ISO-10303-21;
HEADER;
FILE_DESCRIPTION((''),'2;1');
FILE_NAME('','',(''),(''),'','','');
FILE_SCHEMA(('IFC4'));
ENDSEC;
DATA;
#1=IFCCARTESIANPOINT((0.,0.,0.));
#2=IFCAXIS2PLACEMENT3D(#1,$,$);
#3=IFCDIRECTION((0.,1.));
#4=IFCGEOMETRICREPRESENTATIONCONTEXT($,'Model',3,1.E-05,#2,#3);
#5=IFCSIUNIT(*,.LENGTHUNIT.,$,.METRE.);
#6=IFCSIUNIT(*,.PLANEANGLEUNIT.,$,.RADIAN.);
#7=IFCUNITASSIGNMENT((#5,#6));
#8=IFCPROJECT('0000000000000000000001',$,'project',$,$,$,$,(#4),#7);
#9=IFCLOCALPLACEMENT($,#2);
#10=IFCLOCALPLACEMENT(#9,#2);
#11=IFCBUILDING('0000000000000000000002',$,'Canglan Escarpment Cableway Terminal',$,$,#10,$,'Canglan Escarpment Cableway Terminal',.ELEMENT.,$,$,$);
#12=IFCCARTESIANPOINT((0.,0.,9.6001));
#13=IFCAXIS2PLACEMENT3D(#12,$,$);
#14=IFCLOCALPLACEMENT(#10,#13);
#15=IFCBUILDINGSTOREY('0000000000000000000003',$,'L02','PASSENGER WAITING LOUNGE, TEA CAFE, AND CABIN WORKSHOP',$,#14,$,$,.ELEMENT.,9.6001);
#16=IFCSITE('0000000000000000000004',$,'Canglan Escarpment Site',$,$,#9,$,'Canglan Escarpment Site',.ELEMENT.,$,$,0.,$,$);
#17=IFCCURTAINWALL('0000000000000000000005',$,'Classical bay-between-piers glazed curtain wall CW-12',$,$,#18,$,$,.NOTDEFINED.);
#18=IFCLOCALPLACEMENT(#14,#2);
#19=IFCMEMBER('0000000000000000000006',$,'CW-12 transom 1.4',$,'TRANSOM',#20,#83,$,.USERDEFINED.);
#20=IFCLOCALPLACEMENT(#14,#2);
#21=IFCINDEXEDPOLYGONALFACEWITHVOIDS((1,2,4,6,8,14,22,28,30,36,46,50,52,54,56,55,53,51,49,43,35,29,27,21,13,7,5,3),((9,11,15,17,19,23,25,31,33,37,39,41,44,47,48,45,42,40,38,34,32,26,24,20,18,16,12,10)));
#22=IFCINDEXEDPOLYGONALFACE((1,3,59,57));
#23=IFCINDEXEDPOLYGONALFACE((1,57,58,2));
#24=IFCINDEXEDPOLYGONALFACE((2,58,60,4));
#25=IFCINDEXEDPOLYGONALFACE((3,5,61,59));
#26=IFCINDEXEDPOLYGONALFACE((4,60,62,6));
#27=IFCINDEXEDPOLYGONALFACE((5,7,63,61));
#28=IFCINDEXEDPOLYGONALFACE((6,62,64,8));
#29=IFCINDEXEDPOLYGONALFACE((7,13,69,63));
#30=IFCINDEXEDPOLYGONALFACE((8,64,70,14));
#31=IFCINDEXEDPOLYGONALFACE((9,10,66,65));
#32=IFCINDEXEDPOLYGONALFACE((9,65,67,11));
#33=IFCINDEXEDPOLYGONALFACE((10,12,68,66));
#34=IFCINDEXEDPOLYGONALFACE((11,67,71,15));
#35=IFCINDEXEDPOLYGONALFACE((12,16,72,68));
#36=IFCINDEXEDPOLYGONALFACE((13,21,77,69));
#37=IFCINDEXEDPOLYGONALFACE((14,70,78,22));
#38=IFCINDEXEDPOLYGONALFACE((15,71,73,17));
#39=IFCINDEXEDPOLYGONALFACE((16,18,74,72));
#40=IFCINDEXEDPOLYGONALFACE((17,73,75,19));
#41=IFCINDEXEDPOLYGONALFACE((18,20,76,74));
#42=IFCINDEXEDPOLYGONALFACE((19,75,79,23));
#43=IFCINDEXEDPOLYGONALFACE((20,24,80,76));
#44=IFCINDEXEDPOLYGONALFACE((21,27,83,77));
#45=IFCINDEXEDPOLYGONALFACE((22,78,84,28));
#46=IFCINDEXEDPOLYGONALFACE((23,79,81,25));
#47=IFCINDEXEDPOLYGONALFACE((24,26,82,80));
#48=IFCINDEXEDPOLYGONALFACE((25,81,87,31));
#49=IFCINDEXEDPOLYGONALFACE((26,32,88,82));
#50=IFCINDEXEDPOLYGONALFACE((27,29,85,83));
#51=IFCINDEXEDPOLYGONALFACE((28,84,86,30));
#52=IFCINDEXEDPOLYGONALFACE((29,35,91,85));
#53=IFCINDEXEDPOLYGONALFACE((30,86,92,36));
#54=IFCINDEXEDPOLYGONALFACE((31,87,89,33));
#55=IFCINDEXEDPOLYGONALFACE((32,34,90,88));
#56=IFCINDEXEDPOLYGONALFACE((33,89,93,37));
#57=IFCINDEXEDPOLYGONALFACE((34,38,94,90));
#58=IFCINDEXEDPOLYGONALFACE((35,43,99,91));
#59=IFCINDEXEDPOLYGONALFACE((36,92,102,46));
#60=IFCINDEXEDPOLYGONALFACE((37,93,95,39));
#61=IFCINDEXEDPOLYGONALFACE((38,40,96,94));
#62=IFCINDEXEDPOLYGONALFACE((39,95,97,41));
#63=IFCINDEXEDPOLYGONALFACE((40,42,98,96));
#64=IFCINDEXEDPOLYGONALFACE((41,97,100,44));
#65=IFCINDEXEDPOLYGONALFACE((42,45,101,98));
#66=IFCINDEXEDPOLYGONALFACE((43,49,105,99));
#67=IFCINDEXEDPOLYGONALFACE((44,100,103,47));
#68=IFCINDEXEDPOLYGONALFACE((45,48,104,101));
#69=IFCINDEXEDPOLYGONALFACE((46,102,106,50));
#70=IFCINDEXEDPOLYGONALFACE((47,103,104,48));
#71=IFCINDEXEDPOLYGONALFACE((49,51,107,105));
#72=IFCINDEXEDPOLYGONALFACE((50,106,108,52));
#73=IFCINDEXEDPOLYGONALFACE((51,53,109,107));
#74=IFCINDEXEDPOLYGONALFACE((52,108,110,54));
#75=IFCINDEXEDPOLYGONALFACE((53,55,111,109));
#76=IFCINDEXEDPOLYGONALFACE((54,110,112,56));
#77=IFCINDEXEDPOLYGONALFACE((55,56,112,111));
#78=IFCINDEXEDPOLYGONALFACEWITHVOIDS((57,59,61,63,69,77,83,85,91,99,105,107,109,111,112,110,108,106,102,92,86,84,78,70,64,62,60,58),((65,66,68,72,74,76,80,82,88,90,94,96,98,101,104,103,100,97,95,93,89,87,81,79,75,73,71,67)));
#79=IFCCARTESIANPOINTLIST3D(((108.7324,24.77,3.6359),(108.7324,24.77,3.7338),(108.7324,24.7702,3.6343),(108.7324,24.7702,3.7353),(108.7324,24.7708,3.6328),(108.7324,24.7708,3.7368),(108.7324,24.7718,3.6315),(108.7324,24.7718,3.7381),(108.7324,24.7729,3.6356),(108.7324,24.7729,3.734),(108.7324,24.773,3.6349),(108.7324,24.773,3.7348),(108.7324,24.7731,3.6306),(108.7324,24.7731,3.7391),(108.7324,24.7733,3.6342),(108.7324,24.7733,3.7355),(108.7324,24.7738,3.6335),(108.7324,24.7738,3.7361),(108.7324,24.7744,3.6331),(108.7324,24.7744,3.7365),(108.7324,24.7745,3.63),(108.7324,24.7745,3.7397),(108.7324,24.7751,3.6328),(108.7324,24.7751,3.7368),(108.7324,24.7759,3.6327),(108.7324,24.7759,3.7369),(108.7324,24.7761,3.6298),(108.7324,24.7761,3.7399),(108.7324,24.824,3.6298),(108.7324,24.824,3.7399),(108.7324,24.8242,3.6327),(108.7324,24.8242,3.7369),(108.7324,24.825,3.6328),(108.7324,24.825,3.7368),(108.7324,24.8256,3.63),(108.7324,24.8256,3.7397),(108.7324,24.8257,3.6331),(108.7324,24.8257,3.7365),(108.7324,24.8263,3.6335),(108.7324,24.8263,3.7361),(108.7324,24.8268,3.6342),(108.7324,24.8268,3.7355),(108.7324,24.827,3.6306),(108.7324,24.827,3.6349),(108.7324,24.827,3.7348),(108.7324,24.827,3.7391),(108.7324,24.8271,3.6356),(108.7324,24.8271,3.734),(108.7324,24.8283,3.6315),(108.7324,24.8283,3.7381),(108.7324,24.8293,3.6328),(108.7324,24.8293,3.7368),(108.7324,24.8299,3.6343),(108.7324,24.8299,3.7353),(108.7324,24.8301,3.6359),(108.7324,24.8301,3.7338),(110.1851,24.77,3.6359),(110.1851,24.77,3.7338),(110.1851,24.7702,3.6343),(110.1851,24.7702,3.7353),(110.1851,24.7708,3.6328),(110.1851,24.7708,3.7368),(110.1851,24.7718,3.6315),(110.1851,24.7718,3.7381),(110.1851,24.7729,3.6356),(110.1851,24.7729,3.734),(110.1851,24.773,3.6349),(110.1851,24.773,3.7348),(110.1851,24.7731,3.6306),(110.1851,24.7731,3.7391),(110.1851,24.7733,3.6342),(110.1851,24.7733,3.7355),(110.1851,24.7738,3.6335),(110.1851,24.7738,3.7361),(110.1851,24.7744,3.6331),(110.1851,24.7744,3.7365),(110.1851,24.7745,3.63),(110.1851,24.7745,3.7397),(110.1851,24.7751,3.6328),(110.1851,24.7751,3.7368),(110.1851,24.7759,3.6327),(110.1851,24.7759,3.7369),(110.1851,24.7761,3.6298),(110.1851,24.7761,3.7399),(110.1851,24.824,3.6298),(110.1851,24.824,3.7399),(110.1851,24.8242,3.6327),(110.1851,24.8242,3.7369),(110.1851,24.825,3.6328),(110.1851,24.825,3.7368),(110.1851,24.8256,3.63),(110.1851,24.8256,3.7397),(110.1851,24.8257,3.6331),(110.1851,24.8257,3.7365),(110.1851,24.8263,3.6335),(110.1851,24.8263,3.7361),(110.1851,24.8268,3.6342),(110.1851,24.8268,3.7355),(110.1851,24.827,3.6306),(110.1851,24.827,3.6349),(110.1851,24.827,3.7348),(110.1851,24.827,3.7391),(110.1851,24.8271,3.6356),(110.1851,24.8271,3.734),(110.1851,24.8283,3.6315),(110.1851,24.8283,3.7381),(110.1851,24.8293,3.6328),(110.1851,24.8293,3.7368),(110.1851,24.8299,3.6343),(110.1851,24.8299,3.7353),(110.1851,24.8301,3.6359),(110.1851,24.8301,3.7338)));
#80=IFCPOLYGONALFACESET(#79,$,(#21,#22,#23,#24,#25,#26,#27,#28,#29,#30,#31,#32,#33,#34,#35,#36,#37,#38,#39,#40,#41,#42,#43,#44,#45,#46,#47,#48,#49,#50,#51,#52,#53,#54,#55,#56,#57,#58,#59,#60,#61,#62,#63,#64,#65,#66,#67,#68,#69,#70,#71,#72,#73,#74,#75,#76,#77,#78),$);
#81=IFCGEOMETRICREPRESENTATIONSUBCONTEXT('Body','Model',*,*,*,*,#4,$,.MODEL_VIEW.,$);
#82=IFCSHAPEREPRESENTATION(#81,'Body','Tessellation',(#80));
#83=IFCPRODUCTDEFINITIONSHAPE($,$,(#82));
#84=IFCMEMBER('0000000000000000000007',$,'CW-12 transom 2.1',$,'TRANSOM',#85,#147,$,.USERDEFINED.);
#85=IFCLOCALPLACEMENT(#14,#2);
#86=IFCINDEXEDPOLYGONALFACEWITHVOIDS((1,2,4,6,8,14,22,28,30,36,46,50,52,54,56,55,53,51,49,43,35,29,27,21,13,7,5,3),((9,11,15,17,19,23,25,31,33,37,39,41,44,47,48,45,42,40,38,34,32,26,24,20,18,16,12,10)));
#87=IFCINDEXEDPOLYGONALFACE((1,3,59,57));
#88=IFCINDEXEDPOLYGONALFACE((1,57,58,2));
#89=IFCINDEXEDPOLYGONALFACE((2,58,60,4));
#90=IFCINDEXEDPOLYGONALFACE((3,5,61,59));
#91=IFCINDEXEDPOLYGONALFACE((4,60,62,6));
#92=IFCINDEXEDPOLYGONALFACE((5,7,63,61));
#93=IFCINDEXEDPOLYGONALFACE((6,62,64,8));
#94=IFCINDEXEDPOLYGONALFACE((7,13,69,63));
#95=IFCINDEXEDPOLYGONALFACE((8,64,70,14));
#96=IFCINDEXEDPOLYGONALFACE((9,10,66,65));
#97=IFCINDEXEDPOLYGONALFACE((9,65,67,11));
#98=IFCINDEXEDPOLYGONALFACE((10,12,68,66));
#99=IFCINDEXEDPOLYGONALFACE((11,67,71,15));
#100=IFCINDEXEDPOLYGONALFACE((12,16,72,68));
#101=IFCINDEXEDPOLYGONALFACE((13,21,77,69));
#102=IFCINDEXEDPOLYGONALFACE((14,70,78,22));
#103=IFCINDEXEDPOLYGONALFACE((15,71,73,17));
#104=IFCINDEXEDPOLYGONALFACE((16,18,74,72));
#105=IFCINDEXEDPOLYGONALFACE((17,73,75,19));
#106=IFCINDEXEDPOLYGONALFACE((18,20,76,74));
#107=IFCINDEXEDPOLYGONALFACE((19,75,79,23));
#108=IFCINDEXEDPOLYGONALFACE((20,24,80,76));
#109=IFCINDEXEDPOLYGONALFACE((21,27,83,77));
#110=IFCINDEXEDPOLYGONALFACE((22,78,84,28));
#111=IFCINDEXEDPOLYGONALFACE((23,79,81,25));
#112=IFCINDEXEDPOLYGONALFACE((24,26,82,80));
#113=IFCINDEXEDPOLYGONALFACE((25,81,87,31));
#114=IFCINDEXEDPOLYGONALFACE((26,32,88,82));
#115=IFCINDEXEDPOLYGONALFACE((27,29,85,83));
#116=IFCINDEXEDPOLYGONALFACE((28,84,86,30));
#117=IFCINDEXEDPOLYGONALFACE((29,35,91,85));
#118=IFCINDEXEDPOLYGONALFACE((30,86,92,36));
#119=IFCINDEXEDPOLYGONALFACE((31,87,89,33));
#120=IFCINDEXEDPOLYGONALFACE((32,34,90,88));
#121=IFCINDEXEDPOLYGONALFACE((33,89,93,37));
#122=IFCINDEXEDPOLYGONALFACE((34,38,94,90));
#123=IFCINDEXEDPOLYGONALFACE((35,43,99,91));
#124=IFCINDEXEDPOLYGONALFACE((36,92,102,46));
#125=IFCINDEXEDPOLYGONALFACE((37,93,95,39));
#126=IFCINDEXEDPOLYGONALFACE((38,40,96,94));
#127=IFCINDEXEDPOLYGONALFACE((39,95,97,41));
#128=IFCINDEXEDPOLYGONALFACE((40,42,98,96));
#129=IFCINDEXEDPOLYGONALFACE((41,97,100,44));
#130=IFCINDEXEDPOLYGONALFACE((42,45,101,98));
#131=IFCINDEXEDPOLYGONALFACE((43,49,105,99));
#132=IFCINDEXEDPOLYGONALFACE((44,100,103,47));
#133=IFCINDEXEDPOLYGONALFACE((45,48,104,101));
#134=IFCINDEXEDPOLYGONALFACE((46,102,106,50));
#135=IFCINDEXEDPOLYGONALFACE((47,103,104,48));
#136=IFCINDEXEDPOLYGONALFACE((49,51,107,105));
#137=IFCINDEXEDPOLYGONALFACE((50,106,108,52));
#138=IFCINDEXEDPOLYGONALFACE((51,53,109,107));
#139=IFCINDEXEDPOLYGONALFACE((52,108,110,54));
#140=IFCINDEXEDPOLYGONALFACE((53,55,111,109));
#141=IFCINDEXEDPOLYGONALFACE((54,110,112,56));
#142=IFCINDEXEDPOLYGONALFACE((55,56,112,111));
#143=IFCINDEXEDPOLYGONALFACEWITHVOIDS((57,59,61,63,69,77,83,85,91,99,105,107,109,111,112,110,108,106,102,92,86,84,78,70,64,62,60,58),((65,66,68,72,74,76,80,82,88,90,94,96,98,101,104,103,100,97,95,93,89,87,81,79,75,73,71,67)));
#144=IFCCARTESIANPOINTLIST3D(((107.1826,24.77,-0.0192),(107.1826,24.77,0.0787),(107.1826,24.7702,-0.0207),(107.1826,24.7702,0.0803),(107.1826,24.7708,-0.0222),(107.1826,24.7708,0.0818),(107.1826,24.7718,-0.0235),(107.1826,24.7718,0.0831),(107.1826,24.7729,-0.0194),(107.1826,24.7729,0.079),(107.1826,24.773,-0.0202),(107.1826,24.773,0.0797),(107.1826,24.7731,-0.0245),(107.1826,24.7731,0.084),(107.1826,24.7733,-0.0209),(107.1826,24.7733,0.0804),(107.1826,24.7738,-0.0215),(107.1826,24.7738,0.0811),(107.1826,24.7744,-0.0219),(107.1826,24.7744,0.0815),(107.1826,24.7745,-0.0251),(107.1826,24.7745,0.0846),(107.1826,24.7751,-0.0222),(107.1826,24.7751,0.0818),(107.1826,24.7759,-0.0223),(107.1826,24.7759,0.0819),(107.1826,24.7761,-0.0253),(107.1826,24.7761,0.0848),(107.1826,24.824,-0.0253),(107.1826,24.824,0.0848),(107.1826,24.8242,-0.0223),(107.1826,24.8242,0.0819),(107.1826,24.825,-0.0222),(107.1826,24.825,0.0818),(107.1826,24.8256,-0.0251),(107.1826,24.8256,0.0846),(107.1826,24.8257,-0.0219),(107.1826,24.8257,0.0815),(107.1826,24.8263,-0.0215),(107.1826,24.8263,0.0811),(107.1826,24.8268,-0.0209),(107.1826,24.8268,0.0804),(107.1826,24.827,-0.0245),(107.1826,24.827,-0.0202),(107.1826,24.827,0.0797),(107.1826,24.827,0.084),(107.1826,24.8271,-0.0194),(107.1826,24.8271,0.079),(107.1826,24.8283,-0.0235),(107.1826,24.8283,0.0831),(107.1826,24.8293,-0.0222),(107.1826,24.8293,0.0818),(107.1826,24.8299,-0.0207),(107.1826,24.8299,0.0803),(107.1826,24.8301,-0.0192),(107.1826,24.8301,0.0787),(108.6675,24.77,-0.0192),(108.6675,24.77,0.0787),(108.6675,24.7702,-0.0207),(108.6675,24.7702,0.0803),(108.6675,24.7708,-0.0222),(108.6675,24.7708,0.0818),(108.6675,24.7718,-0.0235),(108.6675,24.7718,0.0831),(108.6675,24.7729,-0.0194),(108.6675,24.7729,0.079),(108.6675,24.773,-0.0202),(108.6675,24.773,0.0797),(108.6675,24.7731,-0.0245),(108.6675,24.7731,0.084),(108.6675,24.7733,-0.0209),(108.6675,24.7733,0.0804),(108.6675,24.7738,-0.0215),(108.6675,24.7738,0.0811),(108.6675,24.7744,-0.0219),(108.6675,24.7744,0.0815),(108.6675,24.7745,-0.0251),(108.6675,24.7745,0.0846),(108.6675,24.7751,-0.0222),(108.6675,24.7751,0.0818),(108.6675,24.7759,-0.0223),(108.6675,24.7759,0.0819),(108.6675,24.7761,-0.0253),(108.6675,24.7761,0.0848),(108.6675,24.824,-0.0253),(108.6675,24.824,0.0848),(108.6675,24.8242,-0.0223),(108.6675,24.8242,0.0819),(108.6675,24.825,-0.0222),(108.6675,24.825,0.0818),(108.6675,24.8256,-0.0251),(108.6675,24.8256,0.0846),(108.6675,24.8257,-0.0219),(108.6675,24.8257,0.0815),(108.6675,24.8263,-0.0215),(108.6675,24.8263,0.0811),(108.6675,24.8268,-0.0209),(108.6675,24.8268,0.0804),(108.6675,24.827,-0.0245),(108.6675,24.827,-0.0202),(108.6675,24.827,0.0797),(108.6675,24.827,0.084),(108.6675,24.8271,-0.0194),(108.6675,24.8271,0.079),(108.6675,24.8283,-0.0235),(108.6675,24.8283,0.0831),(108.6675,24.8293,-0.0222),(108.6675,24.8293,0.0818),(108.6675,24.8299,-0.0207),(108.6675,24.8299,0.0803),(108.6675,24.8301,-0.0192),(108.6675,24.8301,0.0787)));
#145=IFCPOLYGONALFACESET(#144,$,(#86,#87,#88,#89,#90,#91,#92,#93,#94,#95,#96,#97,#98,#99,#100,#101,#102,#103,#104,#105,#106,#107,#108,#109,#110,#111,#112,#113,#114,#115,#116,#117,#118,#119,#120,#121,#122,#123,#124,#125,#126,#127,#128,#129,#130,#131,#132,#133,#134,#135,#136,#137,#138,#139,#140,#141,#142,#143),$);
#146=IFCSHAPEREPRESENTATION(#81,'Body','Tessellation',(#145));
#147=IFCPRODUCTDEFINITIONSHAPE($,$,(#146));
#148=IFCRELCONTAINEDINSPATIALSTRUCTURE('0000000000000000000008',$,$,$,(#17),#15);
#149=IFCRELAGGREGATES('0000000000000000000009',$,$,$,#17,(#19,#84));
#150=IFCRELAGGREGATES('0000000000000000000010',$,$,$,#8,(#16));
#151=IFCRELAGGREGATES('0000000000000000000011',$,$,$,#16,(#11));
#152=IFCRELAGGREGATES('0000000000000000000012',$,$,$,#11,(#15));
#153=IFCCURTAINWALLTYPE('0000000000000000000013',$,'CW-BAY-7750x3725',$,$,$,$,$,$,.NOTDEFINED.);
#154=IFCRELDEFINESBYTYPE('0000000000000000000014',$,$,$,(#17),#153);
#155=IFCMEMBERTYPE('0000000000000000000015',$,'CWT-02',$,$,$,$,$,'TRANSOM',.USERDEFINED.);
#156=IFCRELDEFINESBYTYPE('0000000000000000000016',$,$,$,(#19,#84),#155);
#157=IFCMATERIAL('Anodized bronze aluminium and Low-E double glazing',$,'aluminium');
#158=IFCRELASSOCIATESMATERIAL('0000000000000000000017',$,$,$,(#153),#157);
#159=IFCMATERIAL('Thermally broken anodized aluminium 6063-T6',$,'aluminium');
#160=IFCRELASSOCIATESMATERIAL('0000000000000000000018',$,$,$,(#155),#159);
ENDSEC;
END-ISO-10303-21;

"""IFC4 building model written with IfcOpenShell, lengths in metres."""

from ifc_helpers import new_model, si_unit, direction, frame, origin, origin_2d, place, context, subcontext, project, spatial, hollow_rectangle, extrude, material, material_profile, profile_set, type_object, element, aggregate, save


model = new_model("IFC4")

# Units and contexts
model_context = context("Model", 3, precision=1e-05, world=origin(), true_north=direction((0.0, 1.0)))
body_context = subcontext(model_context, "Body", "Model", "MODEL_VIEW")
ifc_project = project(units=[si_unit("LENGTHUNIT", "METRE"), si_unit("PLANEANGLEUNIT", "RADIAN")], contexts=[model_context])

# Site, building, storey
site_placement = place(None, origin())
site = spatial("IfcSite", under=ifc_project, at=site_placement, Name="Canglan Escarpment Site", LongName="Canglan Escarpment Site", CompositionType="ELEMENT", RefElevation=0.0)
building_placement = place(site_placement, origin())
building = spatial("IfcBuilding", under=site, at=building_placement, Name="Canglan Escarpment Cableway Terminal", LongName="Canglan Escarpment Cableway Terminal", CompositionType="ELEMENT")
storey_placement = place(building_placement, frame((0.0, 0.0, 9.6001)))
storey = spatial("IfcBuildingStorey", under=building, at=storey_placement, Name="L02", Description="PASSENGER WAITING LOUNGE, TEA CAFE, AND CABIN WORKSHOP", CompositionType="ELEMENT", Elevation=9.6001)

# Curtain wall, members
ifc_material_1 = material(Name="Anodized bronze aluminium and Low-E double glazing", Category="aluminium")
curtain_wall_type = type_object("IfcCurtainWallType", Name="CW-BAY-7750x3725", PredefinedType="NOTDEFINED", material=ifc_material_1)
curtain_wall_placement = place(storey_placement, origin())
curtain_wall = element("IfcCurtainWall", 1, at=curtain_wall_placement, inside=storey, type_object=curtain_wall_type, Name="Classical bay-between-piers glazed curtain wall CW-12", PredefinedType="NOTDEFINED")
ifc_material_2 = material(Name="Thermally broken anodized aluminium 6063-T6", Category="aluminium")
ifc_material_profile_1 = material_profile(ifc_material_2, hollow_rectangle(XDim=0.0601, YDim=0.1101, WallThickness=0.0029, InnerFilletRadius=0.0029, OuterFilletRadius=0.0061, at=origin_2d()), Name="ALU-TRAN 60x110x3")
ifc_profile_set_1 = profile_set([ifc_material_profile_1], Name="Thermally broken anodized aluminium 6063-T6")
member_type_1 = type_object("IfcMemberType", Name="CWT-02", ElementType="TRANSOM", PredefinedType="USERDEFINED", material=ifc_profile_set_1)
member_1_placement = place(storey_placement, frame((110.1851, 24.8, 3.6848), z_axis=(-1.0, 0.0, 0.0), x_axis=(0.0, -1.0, 0.0)))
member_1 = element("IfcMember", 2, at=member_1_placement, type_object=member_type_1, Name="CW-12 transom 1.4", ObjectType="TRANSOM", PredefinedType="USERDEFINED", context=body_context, shape_type="SweptSolid", body=[
    extrude(hollow_rectangle(XDim=0.0601, YDim=0.1101, WallThickness=0.0029, InnerFilletRadius=0.0029, OuterFilletRadius=0.0061, at=origin_2d()), origin(), (0.0, 0.0, 1.0), 1.4526),
])
member_2_placement = place(storey_placement, frame((108.6675, 24.8, 0.0298), z_axis=(-1.0, 0.0, 0.0), x_axis=(0.0, -1.0, 0.0)))
member_2 = element("IfcMember", 3, at=member_2_placement, type_object=member_type_1, Name="CW-12 transom 2.1", ObjectType="TRANSOM", PredefinedType="USERDEFINED", context=body_context, shape_type="SweptSolid", body=[
    extrude(hollow_rectangle(XDim=0.0601, YDim=0.1101, WallThickness=0.0029, InnerFilletRadius=0.0029, OuterFilletRadius=0.0061, at=origin_2d()), origin(), (0.0, 0.0, 1.0), 1.4849),
])
aggregate(curtain_wall, [member_1, member_2])

save(model, "model.ifc")
